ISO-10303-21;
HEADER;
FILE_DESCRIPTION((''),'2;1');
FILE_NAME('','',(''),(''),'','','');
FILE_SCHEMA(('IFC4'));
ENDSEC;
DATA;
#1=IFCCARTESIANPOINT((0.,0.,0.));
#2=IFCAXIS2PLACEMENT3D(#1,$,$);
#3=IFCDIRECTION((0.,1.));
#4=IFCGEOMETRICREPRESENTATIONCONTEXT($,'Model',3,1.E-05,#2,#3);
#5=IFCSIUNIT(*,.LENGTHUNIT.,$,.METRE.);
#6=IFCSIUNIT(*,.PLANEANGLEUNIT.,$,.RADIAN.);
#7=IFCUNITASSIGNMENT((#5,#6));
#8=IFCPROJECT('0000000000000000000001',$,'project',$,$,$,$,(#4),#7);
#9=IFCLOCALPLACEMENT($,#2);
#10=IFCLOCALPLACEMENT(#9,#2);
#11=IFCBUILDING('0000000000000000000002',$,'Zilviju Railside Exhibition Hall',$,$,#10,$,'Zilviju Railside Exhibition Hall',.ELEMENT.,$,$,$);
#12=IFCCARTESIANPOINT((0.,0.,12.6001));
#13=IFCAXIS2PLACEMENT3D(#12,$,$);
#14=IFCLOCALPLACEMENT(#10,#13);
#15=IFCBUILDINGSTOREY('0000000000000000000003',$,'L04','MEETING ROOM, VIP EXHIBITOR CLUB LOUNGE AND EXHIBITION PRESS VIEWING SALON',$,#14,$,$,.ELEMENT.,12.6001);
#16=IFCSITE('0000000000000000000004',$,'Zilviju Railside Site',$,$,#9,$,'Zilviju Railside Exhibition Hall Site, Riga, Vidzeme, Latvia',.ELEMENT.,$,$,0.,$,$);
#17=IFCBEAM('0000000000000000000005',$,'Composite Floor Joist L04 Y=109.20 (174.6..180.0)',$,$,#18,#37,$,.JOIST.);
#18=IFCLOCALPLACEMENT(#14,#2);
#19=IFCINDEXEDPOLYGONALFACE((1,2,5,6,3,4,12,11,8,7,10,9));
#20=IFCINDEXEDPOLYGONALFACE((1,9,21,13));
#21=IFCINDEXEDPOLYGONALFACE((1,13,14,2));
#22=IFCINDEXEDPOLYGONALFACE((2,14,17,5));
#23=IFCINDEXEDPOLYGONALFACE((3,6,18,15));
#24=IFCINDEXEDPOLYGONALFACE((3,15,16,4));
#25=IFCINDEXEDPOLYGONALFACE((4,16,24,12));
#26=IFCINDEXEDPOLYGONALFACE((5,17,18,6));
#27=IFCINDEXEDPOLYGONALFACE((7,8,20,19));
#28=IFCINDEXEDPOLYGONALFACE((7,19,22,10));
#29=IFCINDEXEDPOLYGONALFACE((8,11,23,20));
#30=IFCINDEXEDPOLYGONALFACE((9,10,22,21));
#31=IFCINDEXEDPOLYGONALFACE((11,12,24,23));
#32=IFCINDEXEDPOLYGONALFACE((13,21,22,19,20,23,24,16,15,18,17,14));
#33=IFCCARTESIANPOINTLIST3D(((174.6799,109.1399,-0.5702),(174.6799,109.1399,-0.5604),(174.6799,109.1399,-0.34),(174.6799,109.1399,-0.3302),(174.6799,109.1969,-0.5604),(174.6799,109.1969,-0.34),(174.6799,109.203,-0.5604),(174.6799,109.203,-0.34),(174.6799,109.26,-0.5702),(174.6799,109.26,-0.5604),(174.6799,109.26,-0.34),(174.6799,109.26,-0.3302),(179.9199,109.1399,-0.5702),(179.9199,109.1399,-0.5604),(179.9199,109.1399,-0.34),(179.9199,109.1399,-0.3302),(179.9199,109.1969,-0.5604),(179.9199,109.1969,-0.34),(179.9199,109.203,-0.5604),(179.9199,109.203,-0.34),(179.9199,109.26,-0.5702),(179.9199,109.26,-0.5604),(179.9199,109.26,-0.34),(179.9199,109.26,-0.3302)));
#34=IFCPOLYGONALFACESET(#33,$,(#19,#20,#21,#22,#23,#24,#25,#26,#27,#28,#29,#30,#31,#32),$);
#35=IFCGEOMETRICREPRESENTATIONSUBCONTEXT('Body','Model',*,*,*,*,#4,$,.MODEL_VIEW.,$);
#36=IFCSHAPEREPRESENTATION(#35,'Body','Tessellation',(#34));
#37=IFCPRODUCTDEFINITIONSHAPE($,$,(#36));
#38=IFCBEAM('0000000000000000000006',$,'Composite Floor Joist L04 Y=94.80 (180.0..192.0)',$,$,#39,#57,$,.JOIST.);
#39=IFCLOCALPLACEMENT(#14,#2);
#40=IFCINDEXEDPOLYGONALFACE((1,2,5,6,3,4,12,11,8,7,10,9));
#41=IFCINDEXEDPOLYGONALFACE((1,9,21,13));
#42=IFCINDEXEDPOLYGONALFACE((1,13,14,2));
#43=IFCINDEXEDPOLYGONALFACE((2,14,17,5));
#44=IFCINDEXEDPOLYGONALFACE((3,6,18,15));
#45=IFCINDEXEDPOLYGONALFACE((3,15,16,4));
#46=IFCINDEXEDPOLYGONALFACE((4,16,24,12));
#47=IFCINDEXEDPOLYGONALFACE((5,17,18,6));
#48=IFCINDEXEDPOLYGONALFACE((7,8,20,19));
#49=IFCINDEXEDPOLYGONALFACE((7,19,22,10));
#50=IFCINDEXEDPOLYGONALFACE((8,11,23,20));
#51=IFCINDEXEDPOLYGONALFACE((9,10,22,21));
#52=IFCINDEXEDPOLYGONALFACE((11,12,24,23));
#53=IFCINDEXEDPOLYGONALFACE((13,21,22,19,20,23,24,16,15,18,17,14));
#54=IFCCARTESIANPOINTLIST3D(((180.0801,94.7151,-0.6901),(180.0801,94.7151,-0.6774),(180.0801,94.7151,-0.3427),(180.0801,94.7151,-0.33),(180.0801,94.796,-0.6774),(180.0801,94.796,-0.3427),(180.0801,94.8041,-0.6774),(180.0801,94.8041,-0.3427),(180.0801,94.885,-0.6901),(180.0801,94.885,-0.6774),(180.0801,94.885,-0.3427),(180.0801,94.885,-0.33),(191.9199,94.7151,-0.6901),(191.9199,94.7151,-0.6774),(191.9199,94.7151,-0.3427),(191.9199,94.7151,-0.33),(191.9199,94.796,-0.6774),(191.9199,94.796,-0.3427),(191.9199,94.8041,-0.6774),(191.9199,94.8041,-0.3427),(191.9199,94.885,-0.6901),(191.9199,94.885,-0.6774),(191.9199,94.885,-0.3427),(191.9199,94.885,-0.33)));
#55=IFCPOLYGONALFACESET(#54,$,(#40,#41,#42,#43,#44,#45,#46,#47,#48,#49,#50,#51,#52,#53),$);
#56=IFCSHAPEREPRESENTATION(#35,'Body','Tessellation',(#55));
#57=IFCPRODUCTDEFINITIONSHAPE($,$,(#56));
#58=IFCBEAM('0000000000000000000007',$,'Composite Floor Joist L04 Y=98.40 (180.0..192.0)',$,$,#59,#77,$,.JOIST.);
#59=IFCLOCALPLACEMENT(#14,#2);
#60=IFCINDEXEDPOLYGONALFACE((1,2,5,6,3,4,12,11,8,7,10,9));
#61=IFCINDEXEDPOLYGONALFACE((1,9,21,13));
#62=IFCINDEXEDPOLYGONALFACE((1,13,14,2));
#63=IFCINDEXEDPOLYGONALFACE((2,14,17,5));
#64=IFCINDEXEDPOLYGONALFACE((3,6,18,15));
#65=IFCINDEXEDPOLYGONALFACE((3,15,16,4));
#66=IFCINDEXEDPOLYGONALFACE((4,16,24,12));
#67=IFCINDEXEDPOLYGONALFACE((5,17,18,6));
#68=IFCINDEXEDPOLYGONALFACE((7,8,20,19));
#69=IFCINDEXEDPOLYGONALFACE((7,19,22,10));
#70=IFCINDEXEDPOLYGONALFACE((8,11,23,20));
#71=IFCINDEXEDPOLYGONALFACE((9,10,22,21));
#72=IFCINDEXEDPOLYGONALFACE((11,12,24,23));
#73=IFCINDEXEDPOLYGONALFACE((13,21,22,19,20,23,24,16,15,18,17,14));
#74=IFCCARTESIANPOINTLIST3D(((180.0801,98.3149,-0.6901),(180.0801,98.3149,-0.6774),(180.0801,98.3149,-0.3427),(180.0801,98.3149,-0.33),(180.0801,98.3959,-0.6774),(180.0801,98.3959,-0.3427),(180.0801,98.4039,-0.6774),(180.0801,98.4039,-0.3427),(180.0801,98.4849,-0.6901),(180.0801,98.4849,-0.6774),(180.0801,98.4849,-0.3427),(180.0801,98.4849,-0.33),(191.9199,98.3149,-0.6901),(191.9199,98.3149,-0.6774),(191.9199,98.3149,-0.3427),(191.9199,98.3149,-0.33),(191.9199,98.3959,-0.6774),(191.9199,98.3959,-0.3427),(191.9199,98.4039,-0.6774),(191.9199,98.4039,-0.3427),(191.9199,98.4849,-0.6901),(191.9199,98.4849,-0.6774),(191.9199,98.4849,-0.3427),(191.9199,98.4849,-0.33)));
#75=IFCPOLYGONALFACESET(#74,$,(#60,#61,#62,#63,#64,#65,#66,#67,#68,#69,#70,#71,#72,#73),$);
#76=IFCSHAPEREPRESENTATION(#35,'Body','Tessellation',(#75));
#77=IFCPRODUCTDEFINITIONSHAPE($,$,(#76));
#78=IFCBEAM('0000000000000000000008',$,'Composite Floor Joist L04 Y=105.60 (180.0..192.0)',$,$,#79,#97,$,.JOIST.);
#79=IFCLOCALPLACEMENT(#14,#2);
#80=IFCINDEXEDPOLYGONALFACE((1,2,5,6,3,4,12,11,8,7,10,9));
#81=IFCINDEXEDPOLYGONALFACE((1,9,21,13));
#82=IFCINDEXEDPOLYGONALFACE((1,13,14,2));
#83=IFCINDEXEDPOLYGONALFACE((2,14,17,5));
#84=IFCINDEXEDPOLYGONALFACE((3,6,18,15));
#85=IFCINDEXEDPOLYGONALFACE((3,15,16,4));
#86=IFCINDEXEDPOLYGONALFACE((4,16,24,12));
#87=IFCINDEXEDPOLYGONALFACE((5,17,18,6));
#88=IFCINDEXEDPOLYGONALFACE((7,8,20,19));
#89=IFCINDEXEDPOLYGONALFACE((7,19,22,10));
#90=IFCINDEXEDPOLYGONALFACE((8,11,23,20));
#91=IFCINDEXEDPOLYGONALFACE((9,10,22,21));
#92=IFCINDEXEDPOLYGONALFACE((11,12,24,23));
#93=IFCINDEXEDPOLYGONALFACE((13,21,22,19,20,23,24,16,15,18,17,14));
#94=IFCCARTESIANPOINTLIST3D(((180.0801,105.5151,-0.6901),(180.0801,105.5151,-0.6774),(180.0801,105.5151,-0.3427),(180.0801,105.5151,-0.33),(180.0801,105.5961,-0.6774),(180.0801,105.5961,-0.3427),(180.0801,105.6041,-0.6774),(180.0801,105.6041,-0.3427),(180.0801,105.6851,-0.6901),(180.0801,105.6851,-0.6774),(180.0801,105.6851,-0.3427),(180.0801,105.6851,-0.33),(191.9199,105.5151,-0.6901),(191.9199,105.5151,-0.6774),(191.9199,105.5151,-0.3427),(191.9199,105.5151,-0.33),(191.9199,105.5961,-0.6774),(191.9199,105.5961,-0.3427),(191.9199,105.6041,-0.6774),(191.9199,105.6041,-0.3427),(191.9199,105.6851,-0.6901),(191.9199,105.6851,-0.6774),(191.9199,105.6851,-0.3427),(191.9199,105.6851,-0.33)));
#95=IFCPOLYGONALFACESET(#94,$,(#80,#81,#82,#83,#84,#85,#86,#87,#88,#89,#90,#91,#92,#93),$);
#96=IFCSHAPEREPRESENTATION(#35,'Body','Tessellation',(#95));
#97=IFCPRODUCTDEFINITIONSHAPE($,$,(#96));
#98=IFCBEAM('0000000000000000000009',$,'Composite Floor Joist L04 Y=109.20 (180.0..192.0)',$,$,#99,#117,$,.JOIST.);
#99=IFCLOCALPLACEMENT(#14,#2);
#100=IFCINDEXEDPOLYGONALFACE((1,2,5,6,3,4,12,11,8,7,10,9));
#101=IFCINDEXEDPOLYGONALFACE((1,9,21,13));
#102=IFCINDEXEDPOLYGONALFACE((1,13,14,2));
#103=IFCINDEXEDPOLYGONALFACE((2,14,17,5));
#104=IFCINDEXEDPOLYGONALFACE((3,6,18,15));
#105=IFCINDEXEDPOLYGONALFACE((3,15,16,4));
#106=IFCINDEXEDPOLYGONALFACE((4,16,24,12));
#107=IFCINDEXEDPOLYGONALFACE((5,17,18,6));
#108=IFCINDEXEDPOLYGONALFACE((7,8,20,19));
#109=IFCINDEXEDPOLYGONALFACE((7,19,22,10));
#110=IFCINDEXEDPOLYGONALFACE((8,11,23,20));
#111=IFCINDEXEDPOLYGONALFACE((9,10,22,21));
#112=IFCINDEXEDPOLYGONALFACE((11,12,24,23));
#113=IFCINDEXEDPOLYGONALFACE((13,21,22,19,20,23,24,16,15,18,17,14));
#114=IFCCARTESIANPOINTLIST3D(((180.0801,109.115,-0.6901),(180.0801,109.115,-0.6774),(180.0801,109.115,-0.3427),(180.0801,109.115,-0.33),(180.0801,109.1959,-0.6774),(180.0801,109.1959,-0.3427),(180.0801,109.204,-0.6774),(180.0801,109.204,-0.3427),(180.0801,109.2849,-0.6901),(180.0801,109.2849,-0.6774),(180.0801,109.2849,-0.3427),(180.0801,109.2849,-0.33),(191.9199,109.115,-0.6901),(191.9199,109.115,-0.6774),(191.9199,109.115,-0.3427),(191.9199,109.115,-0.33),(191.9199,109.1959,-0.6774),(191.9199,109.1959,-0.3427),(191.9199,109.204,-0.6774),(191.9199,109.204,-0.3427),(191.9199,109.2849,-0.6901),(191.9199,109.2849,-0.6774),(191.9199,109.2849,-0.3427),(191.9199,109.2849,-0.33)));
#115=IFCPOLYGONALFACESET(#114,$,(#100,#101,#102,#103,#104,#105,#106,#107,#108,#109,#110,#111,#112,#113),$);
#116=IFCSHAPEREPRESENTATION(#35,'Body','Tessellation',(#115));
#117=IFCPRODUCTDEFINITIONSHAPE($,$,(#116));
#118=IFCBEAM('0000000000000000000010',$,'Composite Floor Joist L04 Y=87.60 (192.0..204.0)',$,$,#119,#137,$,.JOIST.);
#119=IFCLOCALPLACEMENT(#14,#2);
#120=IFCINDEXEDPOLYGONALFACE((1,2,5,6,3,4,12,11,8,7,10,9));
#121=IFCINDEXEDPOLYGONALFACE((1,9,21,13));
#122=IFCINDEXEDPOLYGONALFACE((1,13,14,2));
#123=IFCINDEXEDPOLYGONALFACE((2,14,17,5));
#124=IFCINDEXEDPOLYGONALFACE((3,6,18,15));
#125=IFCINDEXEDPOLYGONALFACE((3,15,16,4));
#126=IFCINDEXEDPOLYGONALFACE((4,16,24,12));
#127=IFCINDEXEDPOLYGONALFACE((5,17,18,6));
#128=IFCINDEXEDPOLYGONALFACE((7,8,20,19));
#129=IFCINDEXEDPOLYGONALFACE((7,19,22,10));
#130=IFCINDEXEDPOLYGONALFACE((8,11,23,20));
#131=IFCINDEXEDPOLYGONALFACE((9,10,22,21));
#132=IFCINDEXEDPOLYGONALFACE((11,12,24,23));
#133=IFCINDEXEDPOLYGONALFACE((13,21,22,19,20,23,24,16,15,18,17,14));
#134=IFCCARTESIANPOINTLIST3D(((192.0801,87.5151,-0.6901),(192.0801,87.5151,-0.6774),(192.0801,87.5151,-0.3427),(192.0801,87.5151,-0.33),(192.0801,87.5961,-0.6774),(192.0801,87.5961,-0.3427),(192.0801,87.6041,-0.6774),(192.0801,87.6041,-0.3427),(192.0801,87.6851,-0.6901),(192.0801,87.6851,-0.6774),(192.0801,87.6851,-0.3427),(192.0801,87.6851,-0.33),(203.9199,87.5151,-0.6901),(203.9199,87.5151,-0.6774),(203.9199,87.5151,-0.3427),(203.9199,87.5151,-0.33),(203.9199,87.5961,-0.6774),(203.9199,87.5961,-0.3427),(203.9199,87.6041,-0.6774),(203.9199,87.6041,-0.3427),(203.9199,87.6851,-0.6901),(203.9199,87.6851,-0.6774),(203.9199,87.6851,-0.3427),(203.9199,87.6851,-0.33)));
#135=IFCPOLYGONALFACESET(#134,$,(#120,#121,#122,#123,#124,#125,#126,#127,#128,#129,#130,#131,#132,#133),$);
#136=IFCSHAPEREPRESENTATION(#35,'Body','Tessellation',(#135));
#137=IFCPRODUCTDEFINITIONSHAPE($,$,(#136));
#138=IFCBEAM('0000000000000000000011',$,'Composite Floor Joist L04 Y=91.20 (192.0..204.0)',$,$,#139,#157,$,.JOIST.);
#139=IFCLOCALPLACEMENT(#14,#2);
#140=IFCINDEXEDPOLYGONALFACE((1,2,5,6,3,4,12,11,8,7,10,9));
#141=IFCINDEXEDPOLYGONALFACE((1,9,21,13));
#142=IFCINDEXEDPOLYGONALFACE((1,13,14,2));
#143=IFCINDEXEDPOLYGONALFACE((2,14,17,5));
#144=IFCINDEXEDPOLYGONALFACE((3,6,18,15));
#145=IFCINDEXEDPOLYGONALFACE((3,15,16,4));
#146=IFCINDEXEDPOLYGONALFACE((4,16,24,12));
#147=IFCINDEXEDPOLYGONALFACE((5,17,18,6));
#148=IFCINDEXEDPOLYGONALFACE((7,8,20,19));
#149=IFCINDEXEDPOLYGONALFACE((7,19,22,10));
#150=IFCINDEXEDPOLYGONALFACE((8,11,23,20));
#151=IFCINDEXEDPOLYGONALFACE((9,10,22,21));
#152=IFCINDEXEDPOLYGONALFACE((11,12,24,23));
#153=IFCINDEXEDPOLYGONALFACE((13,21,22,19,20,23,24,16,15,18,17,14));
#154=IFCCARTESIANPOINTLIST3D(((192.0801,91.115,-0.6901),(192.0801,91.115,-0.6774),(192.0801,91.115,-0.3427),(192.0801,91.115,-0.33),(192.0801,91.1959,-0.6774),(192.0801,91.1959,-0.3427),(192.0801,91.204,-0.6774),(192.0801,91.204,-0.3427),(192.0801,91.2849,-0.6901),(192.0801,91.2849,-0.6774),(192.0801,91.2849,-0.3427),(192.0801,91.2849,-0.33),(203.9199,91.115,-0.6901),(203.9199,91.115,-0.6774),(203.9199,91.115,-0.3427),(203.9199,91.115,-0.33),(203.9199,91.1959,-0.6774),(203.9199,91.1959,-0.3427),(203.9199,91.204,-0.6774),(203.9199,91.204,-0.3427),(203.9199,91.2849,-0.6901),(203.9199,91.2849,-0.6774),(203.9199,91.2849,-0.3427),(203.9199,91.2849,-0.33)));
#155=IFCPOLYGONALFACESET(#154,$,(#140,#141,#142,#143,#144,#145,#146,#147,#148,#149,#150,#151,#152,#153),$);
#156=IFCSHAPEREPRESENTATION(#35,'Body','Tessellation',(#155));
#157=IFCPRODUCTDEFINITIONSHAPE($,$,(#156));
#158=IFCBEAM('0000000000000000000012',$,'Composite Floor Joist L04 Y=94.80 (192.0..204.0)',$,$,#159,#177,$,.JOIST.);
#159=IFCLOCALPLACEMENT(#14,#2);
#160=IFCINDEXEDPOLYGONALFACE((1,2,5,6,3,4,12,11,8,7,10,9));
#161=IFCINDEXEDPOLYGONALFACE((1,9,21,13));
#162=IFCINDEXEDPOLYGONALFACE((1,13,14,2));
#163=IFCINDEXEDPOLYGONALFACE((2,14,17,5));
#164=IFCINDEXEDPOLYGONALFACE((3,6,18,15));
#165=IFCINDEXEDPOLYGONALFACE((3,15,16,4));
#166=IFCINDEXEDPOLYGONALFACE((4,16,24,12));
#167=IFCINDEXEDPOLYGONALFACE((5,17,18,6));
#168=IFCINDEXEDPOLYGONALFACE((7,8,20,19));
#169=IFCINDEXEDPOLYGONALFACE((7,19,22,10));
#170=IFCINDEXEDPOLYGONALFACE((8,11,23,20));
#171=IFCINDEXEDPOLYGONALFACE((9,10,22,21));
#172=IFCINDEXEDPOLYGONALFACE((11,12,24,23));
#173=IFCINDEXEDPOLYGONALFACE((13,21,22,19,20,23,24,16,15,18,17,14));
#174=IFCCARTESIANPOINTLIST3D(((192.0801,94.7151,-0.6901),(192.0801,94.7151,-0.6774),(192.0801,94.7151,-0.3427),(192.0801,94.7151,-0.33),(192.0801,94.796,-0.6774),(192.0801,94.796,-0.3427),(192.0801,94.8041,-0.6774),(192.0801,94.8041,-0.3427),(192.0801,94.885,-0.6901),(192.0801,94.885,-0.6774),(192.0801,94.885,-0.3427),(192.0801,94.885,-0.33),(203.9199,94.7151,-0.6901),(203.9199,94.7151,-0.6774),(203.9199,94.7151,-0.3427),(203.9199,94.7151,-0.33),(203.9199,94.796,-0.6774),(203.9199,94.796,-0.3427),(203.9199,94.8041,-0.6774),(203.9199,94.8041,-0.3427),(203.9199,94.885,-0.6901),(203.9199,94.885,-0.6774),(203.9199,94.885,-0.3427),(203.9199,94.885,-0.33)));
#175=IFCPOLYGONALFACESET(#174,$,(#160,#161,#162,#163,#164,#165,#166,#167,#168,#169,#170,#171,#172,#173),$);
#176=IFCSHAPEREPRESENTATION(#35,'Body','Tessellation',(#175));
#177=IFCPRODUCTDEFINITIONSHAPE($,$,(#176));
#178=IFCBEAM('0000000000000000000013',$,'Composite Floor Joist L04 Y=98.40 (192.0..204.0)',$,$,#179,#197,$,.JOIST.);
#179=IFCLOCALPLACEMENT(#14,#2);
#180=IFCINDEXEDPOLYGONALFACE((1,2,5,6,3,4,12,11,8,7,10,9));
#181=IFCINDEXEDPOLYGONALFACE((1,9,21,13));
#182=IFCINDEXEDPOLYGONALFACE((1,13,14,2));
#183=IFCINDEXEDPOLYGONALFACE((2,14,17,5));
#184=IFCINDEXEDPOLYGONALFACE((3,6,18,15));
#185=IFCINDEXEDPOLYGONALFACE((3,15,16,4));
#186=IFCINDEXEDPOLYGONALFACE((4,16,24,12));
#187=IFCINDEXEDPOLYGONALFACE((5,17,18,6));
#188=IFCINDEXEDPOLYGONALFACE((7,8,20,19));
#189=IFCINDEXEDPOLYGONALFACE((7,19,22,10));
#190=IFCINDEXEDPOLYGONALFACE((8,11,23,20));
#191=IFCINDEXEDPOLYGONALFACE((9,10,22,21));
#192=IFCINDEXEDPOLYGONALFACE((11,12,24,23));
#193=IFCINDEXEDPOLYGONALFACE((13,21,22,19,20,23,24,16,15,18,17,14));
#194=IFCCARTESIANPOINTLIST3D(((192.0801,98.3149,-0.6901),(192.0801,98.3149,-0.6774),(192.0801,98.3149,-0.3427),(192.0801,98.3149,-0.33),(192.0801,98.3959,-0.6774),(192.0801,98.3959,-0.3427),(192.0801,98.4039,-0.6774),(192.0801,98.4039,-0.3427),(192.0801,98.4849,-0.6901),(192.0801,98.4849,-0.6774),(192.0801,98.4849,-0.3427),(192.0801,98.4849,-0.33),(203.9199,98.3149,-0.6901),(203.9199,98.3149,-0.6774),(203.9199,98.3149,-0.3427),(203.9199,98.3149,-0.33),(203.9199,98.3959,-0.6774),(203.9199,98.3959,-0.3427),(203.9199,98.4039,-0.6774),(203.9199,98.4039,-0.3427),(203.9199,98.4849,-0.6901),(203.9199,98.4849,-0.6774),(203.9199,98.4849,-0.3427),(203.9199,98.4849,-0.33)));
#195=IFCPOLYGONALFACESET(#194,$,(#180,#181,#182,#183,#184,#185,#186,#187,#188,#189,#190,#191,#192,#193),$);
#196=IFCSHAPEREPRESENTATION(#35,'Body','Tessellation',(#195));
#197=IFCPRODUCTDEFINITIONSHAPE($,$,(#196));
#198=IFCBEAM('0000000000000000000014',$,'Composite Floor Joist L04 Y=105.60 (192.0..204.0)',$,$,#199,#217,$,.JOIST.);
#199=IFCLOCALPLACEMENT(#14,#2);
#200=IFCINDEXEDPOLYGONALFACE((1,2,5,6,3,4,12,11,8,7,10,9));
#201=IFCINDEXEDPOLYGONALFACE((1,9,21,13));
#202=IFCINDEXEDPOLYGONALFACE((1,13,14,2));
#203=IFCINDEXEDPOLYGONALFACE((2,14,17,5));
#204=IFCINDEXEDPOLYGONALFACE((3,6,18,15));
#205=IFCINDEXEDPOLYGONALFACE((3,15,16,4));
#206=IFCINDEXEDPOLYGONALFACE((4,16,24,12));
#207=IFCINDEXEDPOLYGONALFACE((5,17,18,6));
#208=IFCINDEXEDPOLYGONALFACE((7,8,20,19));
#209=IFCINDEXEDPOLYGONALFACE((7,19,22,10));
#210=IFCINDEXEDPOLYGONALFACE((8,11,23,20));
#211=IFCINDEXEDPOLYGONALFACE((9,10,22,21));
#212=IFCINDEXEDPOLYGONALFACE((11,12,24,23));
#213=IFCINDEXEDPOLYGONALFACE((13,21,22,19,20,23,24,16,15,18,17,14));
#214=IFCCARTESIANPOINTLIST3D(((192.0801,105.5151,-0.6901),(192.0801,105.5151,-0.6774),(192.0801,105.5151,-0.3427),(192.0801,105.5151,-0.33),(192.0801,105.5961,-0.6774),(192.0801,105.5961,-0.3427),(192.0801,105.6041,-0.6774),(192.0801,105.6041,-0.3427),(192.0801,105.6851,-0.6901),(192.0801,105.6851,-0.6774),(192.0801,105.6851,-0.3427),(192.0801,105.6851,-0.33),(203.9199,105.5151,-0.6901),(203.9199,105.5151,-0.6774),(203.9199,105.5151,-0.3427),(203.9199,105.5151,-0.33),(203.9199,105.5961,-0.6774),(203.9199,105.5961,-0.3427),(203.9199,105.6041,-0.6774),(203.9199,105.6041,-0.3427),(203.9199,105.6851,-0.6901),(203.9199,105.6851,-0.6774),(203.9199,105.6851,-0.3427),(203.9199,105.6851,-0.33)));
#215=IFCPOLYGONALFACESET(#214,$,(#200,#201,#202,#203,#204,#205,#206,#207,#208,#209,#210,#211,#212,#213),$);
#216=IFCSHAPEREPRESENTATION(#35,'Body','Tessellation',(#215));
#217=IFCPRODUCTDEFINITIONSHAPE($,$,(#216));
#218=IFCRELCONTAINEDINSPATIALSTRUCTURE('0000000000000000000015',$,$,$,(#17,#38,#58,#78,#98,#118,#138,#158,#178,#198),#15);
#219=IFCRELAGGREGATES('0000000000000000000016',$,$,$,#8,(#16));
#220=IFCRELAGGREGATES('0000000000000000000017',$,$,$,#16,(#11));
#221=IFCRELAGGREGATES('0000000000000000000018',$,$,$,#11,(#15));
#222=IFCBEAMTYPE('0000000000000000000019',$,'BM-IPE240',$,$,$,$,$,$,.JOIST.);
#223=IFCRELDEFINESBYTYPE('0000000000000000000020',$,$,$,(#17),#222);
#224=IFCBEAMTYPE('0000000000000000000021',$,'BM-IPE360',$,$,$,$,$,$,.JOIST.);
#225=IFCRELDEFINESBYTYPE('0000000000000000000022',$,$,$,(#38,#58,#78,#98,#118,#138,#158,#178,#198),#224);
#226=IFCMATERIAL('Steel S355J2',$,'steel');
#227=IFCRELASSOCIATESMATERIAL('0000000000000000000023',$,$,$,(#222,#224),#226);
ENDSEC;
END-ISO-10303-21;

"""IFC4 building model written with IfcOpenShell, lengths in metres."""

from ifc_helpers import new_model, si_unit, direction, frame, origin, origin_2d, place, context, subcontext, project, spatial, i_section, extrude, material, material_profile, profile_set, type_object, element, save


model = new_model("IFC4")

# Units and contexts
model_context = context("Model", 3, precision=1e-05, world=origin(), true_north=direction((0.0, 1.0)))
body_context = subcontext(model_context, "Body", "Model", "MODEL_VIEW")
ifc_project = project(units=[si_unit("LENGTHUNIT", "METRE"), si_unit("PLANEANGLEUNIT", "RADIAN")], contexts=[model_context])

# Site, building, storey
site_placement = place(None, origin())
site = spatial("IfcSite", under=ifc_project, at=site_placement, Name="Zilviju Railside Site", LongName="Zilviju Railside Exhibition Hall Site, Riga, Vidzeme, Latvia", CompositionType="ELEMENT", RefElevation=0.0)
building_placement = place(site_placement, origin())
building = spatial("IfcBuilding", under=site, at=building_placement, Name="Zilviju Railside Exhibition Hall", LongName="Zilviju Railside Exhibition Hall", CompositionType="ELEMENT")
storey_placement = place(building_placement, frame((0.0, 0.0, 12.6001)))
storey = spatial("IfcBuildingStorey", under=building, at=storey_placement, Name="L04", Description="MEETING ROOM, VIP EXHIBITOR CLUB LOUNGE AND EXHIBITION PRESS VIEWING SALON", CompositionType="ELEMENT", Elevation=12.6001)

# Beams
ifc_material_1 = material(Name="Steel S355J2", Category="steel")
ifc_material_profile_1 = material_profile(ifc_material_1, i_section(OverallWidth=0.1201, OverallDepth=0.24, WebThickness=0.0061, FlangeThickness=0.0098, at=origin_2d()), Name="IPE 240")
ifc_profile_set_1 = profile_set([ifc_material_profile_1], Name="Steel S355J2")
beam_type_1 = type_object("IfcBeamType", Name="BM-IPE240", PredefinedType="JOIST", material=ifc_profile_set_1)
for number, where, z_axis, x_axis, name in (
    (1, (174.6799, 109.2, -0.4502), (1.0, 0.0, 0.0), (0.0, 1.0, 0.0), "Composite Floor Joist L04 Y=109.20 (174.6..180.0)"),
):
    element("IfcBeam", number, at=place(storey_placement, frame(where, z_axis=z_axis, x_axis=x_axis)), inside=storey, type_object=beam_type_1, Name=name, PredefinedType="JOIST", context=body_context, shape_type="SweptSolid", body=[
        extrude(i_section(OverallWidth=0.1201, OverallDepth=0.24, WebThickness=0.0061, FlangeThickness=0.0098, at=origin_2d()), origin(), (0.0, 0.0, 1.0), 5.24),
    ])
ifc_material_profile_2 = material_profile(ifc_material_1, i_section(OverallWidth=0.1699, OverallDepth=0.3601, WebThickness=0.0081, FlangeThickness=0.0127, at=origin_2d()), Name="IPE 360")
ifc_profile_set_2 = profile_set([ifc_material_profile_2], Name="Steel S355J2")
beam_type_2 = type_object("IfcBeamType", Name="BM-IPE360", PredefinedType="JOIST", material=ifc_profile_set_2)
for number, where, z_axis, x_axis, name in (
    (2, (180.0801, 94.8, -0.51), (1.0, 0.0, 0.0), (0.0, 1.0, 0.0), "Composite Floor Joist L04 Y=94.80 (180.0..192.0)"),
    (3, (180.0801, 98.3999, -0.51), (1.0, 0.0, 0.0), (0.0, 1.0, 0.0), "Composite Floor Joist L04 Y=98.40 (180.0..192.0)"),
    (4, (180.0801, 105.6001, -0.51), (1.0, 0.0, 0.0), (0.0, 1.0, 0.0), "Composite Floor Joist L04 Y=105.60 (180.0..192.0)"),
    (5, (180.0801, 109.2, -0.51), (1.0, 0.0, 0.0), (0.0, 1.0, 0.0), "Composite Floor Joist L04 Y=109.20 (180.0..192.0)"),
    (6, (192.0801, 87.6001, -0.51), (1.0, 0.0, 0.0), (0.0, 1.0, 0.0), "Composite Floor Joist L04 Y=87.60 (192.0..204.0)"),
    (7, (192.0801, 91.2, -0.51), (1.0, 0.0, 0.0), (0.0, 1.0, 0.0), "Composite Floor Joist L04 Y=91.20 (192.0..204.0)"),
    (8, (192.0801, 94.8, -0.51), (1.0, 0.0, 0.0), (0.0, 1.0, 0.0), "Composite Floor Joist L04 Y=94.80 (192.0..204.0)"),
    (9, (192.0801, 98.3999, -0.51), (1.0, 0.0, 0.0), (0.0, 1.0, 0.0), "Composite Floor Joist L04 Y=98.40 (192.0..204.0)"),
    (10, (192.0801, 105.6001, -0.51), (1.0, 0.0, 0.0), (0.0, 1.0, 0.0), "Composite Floor Joist L04 Y=105.60 (192.0..204.0)"),
):
    element("IfcBeam", number, at=place(storey_placement, frame(where, z_axis=z_axis, x_axis=x_axis)), inside=storey, type_object=beam_type_2, Name=name, PredefinedType="JOIST", context=body_context, shape_type="SweptSolid", body=[
        extrude(i_section(OverallWidth=0.1699, OverallDepth=0.3601, WebThickness=0.0081, FlangeThickness=0.0127, at=origin_2d()), origin(), (0.0, 0.0, 1.0), 11.8398),
    ])

save(model, "model.ifc")
